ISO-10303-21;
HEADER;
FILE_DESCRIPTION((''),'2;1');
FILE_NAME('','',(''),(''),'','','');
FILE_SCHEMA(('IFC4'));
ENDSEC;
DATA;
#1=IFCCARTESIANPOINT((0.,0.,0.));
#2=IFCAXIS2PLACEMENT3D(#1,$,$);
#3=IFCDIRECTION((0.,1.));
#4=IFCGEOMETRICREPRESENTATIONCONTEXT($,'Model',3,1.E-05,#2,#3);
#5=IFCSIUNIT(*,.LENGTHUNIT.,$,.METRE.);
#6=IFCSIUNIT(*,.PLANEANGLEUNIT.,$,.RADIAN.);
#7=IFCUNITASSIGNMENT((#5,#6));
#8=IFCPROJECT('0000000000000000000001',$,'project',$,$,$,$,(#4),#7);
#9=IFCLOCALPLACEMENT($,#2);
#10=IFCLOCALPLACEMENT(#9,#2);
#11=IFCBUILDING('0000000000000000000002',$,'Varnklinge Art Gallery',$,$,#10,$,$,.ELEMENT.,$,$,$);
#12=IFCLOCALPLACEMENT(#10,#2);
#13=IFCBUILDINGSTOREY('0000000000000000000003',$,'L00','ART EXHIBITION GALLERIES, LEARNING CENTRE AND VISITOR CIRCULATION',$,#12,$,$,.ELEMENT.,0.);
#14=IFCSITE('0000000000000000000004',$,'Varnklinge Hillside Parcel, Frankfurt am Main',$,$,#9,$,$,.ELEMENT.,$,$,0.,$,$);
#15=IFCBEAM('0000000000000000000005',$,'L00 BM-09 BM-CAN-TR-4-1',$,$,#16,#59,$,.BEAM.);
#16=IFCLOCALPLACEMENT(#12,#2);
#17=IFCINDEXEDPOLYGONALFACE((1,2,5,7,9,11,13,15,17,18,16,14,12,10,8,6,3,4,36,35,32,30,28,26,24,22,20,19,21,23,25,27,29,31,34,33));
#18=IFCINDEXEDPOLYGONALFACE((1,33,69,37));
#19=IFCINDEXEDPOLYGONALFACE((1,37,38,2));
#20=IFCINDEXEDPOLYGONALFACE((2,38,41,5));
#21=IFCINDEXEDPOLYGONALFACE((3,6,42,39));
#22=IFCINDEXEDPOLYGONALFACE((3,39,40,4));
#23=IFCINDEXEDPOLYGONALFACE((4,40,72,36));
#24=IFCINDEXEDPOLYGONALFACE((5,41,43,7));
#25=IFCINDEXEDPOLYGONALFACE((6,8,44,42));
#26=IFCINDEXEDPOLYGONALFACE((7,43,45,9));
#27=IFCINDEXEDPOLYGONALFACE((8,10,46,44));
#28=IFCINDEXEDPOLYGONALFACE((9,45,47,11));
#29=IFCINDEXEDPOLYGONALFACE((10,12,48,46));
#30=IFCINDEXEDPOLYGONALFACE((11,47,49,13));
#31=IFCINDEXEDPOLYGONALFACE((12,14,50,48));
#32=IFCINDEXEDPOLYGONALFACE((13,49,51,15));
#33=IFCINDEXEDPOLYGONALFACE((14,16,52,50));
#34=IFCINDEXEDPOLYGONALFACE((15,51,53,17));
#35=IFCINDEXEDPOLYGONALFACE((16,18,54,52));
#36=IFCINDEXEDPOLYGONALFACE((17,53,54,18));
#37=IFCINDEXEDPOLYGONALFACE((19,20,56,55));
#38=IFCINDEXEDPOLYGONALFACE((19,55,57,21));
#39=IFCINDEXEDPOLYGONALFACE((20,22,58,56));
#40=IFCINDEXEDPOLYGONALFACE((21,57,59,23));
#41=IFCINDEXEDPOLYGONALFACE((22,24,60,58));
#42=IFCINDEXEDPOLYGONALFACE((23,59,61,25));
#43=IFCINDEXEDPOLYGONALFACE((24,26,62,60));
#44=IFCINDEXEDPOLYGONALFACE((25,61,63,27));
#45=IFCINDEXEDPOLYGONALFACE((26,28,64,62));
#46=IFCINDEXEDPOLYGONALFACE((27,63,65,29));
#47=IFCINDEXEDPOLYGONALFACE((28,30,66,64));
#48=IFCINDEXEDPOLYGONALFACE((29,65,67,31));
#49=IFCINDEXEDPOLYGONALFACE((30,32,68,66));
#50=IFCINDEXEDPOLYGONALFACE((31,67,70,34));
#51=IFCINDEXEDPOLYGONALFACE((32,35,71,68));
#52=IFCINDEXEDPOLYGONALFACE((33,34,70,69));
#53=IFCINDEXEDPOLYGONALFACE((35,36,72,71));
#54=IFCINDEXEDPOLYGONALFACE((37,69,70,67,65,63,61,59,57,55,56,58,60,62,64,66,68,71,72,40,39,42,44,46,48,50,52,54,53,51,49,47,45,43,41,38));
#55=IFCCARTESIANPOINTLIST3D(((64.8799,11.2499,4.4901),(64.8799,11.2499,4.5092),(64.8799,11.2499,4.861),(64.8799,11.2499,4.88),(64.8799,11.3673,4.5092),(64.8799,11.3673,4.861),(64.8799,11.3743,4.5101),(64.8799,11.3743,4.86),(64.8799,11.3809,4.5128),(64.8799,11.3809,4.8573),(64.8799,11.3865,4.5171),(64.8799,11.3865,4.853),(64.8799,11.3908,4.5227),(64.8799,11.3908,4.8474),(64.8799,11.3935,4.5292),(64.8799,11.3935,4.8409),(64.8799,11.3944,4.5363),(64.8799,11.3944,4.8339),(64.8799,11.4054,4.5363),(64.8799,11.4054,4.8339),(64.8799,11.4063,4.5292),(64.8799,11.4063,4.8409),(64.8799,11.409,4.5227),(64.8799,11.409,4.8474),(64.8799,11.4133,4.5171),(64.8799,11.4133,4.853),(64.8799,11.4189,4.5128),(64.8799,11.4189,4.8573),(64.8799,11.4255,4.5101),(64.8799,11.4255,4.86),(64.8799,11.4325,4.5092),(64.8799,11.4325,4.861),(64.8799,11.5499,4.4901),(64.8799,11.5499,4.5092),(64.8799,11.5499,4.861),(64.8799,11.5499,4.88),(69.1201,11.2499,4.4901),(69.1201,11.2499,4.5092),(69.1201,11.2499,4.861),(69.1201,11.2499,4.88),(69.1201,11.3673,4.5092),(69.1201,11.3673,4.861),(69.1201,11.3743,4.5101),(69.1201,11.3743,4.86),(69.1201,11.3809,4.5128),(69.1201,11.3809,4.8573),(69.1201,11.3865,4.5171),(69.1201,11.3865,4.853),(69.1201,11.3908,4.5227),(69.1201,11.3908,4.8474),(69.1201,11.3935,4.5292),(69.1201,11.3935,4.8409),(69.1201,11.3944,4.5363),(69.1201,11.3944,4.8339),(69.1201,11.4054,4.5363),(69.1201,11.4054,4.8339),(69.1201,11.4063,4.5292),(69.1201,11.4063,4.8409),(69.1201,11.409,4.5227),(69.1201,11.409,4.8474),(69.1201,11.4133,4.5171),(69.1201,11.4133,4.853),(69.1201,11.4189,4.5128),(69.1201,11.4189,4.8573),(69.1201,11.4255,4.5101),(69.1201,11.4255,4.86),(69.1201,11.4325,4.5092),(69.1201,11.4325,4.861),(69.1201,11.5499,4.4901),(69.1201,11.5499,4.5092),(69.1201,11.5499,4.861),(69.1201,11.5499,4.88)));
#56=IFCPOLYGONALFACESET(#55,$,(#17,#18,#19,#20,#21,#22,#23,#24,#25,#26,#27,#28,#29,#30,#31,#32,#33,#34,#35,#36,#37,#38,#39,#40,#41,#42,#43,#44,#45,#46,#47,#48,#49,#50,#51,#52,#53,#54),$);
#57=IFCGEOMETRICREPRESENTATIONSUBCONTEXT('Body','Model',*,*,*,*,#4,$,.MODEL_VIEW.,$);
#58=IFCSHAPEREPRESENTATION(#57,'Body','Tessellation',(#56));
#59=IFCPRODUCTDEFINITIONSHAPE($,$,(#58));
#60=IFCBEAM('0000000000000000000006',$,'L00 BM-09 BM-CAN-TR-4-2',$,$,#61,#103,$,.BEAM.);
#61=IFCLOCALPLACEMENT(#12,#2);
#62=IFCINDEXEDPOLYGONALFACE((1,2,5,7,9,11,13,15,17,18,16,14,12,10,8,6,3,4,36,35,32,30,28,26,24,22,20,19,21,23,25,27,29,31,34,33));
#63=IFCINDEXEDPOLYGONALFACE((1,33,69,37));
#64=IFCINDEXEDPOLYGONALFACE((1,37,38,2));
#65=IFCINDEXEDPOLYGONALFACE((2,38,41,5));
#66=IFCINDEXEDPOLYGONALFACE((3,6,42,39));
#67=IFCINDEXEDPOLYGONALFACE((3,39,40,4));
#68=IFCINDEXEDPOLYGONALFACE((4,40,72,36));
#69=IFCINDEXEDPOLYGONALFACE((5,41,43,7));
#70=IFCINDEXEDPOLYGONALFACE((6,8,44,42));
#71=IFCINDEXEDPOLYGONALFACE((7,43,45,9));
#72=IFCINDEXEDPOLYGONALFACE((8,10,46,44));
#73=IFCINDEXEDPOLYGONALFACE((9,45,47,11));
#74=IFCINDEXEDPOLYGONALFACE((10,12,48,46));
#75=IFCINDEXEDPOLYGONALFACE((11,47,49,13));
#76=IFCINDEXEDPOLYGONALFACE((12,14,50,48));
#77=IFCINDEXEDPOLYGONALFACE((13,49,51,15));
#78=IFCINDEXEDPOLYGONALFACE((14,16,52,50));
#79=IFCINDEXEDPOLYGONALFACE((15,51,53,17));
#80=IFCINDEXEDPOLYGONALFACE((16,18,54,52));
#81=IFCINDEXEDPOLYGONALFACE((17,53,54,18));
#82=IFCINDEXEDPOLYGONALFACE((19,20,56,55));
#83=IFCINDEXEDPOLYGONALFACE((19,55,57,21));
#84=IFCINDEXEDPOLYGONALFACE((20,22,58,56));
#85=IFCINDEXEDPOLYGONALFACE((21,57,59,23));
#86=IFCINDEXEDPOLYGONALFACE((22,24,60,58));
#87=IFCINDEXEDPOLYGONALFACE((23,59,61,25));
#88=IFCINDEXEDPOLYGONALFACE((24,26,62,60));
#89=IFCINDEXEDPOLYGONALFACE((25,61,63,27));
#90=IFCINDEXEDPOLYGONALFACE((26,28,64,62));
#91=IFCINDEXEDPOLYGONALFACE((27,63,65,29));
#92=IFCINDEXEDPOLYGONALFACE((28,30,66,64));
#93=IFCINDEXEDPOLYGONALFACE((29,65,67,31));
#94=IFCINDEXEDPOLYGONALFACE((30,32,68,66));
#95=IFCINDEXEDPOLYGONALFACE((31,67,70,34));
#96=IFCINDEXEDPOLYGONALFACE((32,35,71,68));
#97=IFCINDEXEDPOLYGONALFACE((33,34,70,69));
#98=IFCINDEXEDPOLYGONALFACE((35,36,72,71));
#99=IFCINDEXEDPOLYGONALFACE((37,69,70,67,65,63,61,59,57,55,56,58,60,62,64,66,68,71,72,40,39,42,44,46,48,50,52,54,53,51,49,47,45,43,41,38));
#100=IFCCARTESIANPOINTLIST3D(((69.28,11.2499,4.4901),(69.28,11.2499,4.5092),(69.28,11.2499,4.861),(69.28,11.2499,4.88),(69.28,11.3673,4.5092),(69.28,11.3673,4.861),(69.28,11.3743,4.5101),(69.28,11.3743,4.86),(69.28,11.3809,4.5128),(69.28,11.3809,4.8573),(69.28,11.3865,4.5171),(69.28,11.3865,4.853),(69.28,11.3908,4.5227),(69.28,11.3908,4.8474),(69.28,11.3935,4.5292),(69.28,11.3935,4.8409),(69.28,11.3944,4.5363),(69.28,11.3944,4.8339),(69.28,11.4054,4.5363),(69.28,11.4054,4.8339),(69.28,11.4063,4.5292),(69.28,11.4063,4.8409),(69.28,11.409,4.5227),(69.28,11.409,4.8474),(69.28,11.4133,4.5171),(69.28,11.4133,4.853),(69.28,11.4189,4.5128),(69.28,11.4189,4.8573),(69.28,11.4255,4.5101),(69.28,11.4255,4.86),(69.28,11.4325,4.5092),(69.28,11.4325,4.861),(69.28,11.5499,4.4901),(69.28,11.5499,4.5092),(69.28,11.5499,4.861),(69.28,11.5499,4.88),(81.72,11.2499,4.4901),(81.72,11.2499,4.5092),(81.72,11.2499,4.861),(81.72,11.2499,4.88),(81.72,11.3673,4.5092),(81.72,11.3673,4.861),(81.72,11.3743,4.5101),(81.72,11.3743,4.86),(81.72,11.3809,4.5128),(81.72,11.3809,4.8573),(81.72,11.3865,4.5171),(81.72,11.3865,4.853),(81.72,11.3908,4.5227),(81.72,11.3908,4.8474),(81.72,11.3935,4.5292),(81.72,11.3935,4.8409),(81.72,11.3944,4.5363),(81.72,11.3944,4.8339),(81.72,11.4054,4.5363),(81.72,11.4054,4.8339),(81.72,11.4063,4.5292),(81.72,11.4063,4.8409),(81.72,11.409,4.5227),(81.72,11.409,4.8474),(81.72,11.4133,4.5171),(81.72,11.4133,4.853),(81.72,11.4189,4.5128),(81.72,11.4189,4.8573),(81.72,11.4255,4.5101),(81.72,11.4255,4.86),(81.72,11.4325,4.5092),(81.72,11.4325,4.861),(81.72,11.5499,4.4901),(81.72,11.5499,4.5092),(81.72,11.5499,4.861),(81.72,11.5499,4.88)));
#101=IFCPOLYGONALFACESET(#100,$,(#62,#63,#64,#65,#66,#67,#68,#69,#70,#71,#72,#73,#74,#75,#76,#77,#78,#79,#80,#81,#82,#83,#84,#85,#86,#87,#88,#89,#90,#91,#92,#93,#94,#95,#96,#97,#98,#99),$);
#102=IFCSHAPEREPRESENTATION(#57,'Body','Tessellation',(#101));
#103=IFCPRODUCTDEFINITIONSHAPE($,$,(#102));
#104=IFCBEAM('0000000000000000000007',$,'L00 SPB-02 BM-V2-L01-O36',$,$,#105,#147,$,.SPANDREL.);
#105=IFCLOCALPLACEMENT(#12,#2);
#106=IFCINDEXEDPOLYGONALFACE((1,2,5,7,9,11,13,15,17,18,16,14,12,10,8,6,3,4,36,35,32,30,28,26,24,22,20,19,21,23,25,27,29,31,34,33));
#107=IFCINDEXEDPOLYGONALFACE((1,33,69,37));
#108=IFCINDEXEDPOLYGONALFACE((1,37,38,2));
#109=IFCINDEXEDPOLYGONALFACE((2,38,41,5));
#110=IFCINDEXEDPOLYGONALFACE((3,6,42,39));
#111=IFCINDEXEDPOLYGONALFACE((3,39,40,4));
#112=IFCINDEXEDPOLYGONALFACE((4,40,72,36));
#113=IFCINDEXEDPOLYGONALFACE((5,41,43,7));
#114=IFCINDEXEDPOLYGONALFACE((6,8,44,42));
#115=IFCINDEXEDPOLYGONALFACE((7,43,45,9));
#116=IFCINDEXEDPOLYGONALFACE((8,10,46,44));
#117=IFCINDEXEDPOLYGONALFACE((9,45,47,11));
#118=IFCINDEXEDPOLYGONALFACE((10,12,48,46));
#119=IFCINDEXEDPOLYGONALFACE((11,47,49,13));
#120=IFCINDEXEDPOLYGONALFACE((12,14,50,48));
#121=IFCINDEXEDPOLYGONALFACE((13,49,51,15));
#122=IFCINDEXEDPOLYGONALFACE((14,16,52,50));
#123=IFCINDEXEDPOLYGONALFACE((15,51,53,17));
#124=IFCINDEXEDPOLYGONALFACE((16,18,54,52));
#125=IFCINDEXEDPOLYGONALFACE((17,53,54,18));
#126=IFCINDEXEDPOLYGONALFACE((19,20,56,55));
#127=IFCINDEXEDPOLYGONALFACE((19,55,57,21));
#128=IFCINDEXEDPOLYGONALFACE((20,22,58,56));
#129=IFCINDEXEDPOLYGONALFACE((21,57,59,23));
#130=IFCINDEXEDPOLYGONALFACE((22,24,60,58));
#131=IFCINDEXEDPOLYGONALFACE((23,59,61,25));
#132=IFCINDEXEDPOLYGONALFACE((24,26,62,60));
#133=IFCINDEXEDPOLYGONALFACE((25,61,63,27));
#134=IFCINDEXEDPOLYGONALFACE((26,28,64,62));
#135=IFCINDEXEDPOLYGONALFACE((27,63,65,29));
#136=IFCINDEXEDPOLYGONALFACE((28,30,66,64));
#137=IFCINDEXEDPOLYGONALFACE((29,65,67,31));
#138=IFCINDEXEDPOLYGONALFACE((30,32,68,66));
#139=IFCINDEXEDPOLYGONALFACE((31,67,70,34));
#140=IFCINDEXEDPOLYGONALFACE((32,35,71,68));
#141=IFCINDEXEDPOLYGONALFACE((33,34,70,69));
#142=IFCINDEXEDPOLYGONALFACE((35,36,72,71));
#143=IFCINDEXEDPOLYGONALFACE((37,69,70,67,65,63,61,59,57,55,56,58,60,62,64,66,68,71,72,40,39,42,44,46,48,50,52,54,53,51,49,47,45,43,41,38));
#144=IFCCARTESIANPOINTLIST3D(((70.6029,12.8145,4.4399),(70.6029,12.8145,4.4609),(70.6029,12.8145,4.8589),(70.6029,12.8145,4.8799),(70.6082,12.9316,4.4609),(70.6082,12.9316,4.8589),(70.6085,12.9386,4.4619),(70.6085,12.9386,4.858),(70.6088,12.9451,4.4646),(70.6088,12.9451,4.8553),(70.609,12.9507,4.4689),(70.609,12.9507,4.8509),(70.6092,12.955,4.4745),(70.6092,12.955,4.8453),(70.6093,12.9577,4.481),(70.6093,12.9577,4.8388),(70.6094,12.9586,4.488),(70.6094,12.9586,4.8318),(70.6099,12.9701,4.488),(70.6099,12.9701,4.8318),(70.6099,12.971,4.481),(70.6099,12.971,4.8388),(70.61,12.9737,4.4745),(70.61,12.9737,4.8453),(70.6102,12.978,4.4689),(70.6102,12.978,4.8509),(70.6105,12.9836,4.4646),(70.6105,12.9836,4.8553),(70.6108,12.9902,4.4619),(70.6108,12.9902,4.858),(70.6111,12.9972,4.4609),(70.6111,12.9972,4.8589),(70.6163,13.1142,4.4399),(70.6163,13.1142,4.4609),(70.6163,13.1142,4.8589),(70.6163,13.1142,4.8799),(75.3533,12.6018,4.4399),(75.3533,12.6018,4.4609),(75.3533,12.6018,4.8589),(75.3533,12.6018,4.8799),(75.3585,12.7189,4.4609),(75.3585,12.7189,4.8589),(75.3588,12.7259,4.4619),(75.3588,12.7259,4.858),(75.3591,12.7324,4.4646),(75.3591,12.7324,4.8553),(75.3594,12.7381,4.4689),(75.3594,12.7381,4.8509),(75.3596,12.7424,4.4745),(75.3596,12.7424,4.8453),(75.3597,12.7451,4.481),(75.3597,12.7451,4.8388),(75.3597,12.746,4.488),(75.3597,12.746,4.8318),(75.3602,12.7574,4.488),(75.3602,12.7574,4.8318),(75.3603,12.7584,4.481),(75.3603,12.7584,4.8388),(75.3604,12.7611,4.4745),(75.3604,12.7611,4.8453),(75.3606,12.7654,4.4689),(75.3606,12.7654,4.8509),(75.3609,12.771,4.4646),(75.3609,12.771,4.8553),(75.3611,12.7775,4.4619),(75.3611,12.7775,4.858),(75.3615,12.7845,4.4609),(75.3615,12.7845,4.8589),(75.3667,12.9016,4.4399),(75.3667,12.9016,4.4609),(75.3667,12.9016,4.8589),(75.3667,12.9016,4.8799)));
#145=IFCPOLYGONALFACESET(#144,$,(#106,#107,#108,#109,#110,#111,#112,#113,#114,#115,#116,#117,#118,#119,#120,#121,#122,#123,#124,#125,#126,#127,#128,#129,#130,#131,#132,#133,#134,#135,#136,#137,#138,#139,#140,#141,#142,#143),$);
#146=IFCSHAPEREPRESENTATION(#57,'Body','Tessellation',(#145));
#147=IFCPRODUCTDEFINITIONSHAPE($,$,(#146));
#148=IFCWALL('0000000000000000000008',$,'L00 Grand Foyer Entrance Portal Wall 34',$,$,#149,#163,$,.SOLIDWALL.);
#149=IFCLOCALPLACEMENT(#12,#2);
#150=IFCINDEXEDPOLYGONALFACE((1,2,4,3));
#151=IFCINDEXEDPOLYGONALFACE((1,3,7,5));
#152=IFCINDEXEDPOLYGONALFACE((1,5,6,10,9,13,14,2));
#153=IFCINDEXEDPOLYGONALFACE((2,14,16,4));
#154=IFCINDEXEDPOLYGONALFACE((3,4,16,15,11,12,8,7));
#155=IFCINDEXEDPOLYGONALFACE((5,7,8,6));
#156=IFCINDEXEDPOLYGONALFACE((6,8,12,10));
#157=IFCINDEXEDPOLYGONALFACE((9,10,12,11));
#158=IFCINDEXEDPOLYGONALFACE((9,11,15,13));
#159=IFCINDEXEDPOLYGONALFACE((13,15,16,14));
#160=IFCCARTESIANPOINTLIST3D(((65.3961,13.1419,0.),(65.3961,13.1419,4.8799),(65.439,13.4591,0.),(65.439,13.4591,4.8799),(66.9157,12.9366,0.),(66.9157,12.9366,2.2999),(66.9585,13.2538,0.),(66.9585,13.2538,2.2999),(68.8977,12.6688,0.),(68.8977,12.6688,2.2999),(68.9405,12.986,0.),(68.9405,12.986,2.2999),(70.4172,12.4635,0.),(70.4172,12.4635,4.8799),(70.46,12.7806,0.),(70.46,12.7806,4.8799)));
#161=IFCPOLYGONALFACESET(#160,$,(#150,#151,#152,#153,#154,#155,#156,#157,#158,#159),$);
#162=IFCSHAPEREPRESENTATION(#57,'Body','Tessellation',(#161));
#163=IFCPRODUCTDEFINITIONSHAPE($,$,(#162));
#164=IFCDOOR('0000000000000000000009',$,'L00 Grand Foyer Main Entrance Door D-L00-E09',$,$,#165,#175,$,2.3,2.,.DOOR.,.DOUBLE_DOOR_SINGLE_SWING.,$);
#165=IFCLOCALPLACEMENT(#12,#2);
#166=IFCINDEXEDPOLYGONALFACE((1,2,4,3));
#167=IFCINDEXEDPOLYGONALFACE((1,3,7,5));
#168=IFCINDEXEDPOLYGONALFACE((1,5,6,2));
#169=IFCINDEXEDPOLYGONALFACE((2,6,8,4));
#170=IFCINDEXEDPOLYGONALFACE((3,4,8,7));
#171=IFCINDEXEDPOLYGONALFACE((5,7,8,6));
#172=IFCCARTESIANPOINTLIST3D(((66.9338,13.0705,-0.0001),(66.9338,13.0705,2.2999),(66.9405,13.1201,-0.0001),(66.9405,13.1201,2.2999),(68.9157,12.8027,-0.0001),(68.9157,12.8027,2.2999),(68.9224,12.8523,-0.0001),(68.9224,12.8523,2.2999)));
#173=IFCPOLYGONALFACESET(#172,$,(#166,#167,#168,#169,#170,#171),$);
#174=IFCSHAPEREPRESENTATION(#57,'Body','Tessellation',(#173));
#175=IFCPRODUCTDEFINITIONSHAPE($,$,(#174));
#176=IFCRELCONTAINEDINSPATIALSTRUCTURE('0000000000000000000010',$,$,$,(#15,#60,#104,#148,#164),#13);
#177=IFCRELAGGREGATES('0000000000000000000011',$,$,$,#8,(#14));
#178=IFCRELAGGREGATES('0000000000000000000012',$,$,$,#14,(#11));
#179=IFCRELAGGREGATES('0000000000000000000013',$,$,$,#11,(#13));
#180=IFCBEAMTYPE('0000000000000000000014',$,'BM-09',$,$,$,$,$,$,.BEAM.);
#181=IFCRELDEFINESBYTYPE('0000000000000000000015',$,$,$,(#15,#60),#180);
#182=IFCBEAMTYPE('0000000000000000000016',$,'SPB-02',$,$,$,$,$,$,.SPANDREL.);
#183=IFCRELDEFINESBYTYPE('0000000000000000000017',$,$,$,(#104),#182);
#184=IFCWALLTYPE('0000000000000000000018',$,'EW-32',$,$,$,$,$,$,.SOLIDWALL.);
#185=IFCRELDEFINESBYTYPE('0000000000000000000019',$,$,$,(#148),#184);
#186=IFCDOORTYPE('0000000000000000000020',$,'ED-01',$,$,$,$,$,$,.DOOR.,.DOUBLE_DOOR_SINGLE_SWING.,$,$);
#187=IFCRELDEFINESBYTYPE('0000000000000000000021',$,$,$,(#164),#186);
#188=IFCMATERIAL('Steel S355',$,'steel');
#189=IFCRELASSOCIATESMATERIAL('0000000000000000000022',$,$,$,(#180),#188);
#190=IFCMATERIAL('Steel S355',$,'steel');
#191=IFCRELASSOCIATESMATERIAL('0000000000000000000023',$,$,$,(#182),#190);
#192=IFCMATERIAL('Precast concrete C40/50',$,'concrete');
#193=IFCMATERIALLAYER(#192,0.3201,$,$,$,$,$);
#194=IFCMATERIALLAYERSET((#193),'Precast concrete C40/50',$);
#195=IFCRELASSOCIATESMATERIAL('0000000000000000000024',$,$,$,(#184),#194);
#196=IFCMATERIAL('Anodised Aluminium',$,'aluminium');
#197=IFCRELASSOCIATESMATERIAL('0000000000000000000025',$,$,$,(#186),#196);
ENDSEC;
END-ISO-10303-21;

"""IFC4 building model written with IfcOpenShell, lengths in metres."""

from ifc_helpers import new_model, si_unit, direction, frame, frame_2d, origin, origin_2d, place, context, subcontext, project, spatial, rectangle, i_section, extrude, material, layer, layer_set, material_profile, profile_set, type_object, element, fill, save


model = new_model("IFC4")

# Units and contexts
model_context = context("Model", 3, precision=1e-05, world=origin(), true_north=direction((0.0, 1.0)))
body_context = subcontext(model_context, "Body", "Model", "MODEL_VIEW")
ifc_project = project(units=[si_unit("LENGTHUNIT", "METRE"), si_unit("PLANEANGLEUNIT", "RADIAN")], contexts=[model_context])

# Site, building, storey
site_placement = place(None, origin())
site = spatial("IfcSite", under=ifc_project, at=site_placement, Name="Varnklinge Hillside Parcel, Frankfurt am Main", CompositionType="ELEMENT", RefElevation=0.0)
building_placement = place(site_placement, origin())
building = spatial("IfcBuilding", under=site, at=building_placement, Name="Varnklinge Art Gallery", CompositionType="ELEMENT")
storey_placement = place(building_placement, origin())
storey = spatial("IfcBuildingStorey", under=building, at=storey_placement, Name="L00", Description="ART EXHIBITION GALLERIES, LEARNING CENTRE AND VISITOR CIRCULATION", CompositionType="ELEMENT", Elevation=0.0)

# Beams
ifc_material_1 = material(Name="Steel S355", Category="steel")
ifc_material_profile_1 = material_profile(ifc_material_1, i_section(OverallWidth=0.3, OverallDepth=0.3899, WebThickness=0.011, FlangeThickness=0.019, FilletRadius=0.0271, at=origin_2d()), Name="HEA 400")
ifc_profile_set_1 = profile_set([ifc_material_profile_1], Name="Steel S355")
beam_type_1 = type_object("IfcBeamType", Name="BM-09", PredefinedType="BEAM", material=ifc_profile_set_1)
beam_1_placement = place(storey_placement, frame((64.8799, 11.3999, 4.6851), z_axis=(1.0, 0.0, 0.0), x_axis=(0.0, 1.0, 0.0)))
element("IfcBeam", 1, at=beam_1_placement, inside=storey, type_object=beam_type_1, Name="L00 BM-09 BM-CAN-TR-4-1", PredefinedType="BEAM", context=body_context, shape_type="SweptSolid", body=[
    extrude(i_section(OverallWidth=0.3, OverallDepth=0.3899, WebThickness=0.011, FlangeThickness=0.019, FilletRadius=0.0271, at=origin_2d()), origin(), (0.0, 0.0, 1.0), 4.2402),
])
beam_2_placement = place(storey_placement, frame((69.28, 11.3999, 4.6851), z_axis=(1.0, 0.0, 0.0), x_axis=(0.0, 1.0, 0.0)))
element("IfcBeam", 2, at=beam_2_placement, inside=storey, type_object=beam_type_1, Name="L00 BM-09 BM-CAN-TR-4-2", PredefinedType="BEAM", context=body_context, shape_type="SweptSolid", body=[
    extrude(i_section(OverallWidth=0.3, OverallDepth=0.3899, WebThickness=0.011, FlangeThickness=0.019, FilletRadius=0.0271, at=origin_2d()), origin(), (0.0, 0.0, 1.0), 12.4399),
])
ifc_material_2 = material(Name="Steel S355", Category="steel")
ifc_material_profile_2 = material_profile(ifc_material_2, i_section(OverallWidth=0.3, OverallDepth=0.4399, WebThickness=0.0115, FlangeThickness=0.021, FilletRadius=0.0271, at=origin_2d()), Name="HEA 450")
ifc_profile_set_2 = profile_set([ifc_material_profile_2], Name="Steel S355")
beam_type_2 = type_object("IfcBeamType", Name="SPB-02", PredefinedType="SPANDREL", material=ifc_profile_set_2)
beam_3_placement = place(storey_placement, frame((70.6096, 12.9644, 4.6599), z_axis=(0.999, -0.044718, 0.0), x_axis=(0.044718, 0.999, 0.0)))
element("IfcBeam", 3, at=beam_3_placement, inside=storey, type_object=beam_type_2, Name="L00 SPB-02 BM-V2-L01-O36", PredefinedType="SPANDREL", context=body_context, shape_type="SweptSolid", body=[
    extrude(i_section(OverallWidth=0.3, OverallDepth=0.4399, WebThickness=0.0115, FlangeThickness=0.021, FilletRadius=0.0271, at=origin_2d()), origin(), (0.0, 0.0, 1.0), 4.7551),
])

# Wall, opening, door
ifc_material_3 = material(Name="Precast concrete C40/50", Category="concrete")
ifc_layer_1 = layer(ifc_material_3, 0.3201)
ifc_layer_set_1 = layer_set([ifc_layer_1], Name="Precast concrete C40/50")
wall_type = type_object("IfcWallType", Name="EW-32", PredefinedType="SOLIDWALL", material=ifc_layer_set_1)
wall_1_placement = place(storey_placement, frame((70.4385, 12.6221, 0.0), z_axis=(0.0, 0.0, 1.0), x_axis=(-0.990994, 0.133909, 0.0)))
wall_1 = element("IfcWall", 4, at=wall_1_placement, inside=storey, type_object=wall_type, Name="L00 Grand Foyer Entrance Portal Wall 34", PredefinedType="SOLIDWALL", context=body_context, shape_type="SweptSolid", body=[
    extrude(rectangle(XDim=5.0667, YDim=0.3201, at=frame_2d((2.5332, 0.0))), origin(), (0.0, 0.0, 1.0), 4.8799),
])
opening_1_placement = place(wall_1_placement, frame((1.5332, 0.0, 0.0)))
opening_1 = element("IfcOpeningElement", 5, at=opening_1_placement, cuts=wall_1, PredefinedType="OPENING", context=body_context, shape_type="SweptSolid", body=[
    extrude(rectangle(XDim=2.0, YDim=2.3, at=frame_2d((1.0, 1.1499))), frame((0.0, 0.1702, 0.0), z_axis=(0.0, -1.0, 0.0), x_axis=(1.0, 0.0, 0.0)), (0.0, 0.0, 1.0), 0.3401),
])
ifc_material_4 = material(Name="Anodised Aluminium", Category="aluminium")
door_type = type_object("IfcDoorType", Name="ED-01", OperationType="DOUBLE_DOOR_SINGLE_SWING", PredefinedType="DOOR", material=ifc_material_4)
door_1_placement = place(opening_1_placement, origin())
door_1 = element("IfcDoor", 6, at=door_1_placement, inside=storey, type_object=door_type, Name="L00 Grand Foyer Main Entrance Door D-L00-E09", OperationType="DOUBLE_DOOR_SINGLE_SWING", OverallHeight=2.3, OverallWidth=2.0, PredefinedType="DOOR", context=body_context, shape_type="SweptSolid", body=[
    extrude(rectangle(XDim=2.0, YDim=2.3, at=frame_2d((1.0, 1.1499))), frame((0.0, 0.0249, 0.0), z_axis=(0.0, -1.0, 0.0), x_axis=(1.0, 0.0, 0.0)), (0.0, 0.0, 1.0), 0.05),
])
fill(opening_1, door_1)

save(model, "model.ifc")
